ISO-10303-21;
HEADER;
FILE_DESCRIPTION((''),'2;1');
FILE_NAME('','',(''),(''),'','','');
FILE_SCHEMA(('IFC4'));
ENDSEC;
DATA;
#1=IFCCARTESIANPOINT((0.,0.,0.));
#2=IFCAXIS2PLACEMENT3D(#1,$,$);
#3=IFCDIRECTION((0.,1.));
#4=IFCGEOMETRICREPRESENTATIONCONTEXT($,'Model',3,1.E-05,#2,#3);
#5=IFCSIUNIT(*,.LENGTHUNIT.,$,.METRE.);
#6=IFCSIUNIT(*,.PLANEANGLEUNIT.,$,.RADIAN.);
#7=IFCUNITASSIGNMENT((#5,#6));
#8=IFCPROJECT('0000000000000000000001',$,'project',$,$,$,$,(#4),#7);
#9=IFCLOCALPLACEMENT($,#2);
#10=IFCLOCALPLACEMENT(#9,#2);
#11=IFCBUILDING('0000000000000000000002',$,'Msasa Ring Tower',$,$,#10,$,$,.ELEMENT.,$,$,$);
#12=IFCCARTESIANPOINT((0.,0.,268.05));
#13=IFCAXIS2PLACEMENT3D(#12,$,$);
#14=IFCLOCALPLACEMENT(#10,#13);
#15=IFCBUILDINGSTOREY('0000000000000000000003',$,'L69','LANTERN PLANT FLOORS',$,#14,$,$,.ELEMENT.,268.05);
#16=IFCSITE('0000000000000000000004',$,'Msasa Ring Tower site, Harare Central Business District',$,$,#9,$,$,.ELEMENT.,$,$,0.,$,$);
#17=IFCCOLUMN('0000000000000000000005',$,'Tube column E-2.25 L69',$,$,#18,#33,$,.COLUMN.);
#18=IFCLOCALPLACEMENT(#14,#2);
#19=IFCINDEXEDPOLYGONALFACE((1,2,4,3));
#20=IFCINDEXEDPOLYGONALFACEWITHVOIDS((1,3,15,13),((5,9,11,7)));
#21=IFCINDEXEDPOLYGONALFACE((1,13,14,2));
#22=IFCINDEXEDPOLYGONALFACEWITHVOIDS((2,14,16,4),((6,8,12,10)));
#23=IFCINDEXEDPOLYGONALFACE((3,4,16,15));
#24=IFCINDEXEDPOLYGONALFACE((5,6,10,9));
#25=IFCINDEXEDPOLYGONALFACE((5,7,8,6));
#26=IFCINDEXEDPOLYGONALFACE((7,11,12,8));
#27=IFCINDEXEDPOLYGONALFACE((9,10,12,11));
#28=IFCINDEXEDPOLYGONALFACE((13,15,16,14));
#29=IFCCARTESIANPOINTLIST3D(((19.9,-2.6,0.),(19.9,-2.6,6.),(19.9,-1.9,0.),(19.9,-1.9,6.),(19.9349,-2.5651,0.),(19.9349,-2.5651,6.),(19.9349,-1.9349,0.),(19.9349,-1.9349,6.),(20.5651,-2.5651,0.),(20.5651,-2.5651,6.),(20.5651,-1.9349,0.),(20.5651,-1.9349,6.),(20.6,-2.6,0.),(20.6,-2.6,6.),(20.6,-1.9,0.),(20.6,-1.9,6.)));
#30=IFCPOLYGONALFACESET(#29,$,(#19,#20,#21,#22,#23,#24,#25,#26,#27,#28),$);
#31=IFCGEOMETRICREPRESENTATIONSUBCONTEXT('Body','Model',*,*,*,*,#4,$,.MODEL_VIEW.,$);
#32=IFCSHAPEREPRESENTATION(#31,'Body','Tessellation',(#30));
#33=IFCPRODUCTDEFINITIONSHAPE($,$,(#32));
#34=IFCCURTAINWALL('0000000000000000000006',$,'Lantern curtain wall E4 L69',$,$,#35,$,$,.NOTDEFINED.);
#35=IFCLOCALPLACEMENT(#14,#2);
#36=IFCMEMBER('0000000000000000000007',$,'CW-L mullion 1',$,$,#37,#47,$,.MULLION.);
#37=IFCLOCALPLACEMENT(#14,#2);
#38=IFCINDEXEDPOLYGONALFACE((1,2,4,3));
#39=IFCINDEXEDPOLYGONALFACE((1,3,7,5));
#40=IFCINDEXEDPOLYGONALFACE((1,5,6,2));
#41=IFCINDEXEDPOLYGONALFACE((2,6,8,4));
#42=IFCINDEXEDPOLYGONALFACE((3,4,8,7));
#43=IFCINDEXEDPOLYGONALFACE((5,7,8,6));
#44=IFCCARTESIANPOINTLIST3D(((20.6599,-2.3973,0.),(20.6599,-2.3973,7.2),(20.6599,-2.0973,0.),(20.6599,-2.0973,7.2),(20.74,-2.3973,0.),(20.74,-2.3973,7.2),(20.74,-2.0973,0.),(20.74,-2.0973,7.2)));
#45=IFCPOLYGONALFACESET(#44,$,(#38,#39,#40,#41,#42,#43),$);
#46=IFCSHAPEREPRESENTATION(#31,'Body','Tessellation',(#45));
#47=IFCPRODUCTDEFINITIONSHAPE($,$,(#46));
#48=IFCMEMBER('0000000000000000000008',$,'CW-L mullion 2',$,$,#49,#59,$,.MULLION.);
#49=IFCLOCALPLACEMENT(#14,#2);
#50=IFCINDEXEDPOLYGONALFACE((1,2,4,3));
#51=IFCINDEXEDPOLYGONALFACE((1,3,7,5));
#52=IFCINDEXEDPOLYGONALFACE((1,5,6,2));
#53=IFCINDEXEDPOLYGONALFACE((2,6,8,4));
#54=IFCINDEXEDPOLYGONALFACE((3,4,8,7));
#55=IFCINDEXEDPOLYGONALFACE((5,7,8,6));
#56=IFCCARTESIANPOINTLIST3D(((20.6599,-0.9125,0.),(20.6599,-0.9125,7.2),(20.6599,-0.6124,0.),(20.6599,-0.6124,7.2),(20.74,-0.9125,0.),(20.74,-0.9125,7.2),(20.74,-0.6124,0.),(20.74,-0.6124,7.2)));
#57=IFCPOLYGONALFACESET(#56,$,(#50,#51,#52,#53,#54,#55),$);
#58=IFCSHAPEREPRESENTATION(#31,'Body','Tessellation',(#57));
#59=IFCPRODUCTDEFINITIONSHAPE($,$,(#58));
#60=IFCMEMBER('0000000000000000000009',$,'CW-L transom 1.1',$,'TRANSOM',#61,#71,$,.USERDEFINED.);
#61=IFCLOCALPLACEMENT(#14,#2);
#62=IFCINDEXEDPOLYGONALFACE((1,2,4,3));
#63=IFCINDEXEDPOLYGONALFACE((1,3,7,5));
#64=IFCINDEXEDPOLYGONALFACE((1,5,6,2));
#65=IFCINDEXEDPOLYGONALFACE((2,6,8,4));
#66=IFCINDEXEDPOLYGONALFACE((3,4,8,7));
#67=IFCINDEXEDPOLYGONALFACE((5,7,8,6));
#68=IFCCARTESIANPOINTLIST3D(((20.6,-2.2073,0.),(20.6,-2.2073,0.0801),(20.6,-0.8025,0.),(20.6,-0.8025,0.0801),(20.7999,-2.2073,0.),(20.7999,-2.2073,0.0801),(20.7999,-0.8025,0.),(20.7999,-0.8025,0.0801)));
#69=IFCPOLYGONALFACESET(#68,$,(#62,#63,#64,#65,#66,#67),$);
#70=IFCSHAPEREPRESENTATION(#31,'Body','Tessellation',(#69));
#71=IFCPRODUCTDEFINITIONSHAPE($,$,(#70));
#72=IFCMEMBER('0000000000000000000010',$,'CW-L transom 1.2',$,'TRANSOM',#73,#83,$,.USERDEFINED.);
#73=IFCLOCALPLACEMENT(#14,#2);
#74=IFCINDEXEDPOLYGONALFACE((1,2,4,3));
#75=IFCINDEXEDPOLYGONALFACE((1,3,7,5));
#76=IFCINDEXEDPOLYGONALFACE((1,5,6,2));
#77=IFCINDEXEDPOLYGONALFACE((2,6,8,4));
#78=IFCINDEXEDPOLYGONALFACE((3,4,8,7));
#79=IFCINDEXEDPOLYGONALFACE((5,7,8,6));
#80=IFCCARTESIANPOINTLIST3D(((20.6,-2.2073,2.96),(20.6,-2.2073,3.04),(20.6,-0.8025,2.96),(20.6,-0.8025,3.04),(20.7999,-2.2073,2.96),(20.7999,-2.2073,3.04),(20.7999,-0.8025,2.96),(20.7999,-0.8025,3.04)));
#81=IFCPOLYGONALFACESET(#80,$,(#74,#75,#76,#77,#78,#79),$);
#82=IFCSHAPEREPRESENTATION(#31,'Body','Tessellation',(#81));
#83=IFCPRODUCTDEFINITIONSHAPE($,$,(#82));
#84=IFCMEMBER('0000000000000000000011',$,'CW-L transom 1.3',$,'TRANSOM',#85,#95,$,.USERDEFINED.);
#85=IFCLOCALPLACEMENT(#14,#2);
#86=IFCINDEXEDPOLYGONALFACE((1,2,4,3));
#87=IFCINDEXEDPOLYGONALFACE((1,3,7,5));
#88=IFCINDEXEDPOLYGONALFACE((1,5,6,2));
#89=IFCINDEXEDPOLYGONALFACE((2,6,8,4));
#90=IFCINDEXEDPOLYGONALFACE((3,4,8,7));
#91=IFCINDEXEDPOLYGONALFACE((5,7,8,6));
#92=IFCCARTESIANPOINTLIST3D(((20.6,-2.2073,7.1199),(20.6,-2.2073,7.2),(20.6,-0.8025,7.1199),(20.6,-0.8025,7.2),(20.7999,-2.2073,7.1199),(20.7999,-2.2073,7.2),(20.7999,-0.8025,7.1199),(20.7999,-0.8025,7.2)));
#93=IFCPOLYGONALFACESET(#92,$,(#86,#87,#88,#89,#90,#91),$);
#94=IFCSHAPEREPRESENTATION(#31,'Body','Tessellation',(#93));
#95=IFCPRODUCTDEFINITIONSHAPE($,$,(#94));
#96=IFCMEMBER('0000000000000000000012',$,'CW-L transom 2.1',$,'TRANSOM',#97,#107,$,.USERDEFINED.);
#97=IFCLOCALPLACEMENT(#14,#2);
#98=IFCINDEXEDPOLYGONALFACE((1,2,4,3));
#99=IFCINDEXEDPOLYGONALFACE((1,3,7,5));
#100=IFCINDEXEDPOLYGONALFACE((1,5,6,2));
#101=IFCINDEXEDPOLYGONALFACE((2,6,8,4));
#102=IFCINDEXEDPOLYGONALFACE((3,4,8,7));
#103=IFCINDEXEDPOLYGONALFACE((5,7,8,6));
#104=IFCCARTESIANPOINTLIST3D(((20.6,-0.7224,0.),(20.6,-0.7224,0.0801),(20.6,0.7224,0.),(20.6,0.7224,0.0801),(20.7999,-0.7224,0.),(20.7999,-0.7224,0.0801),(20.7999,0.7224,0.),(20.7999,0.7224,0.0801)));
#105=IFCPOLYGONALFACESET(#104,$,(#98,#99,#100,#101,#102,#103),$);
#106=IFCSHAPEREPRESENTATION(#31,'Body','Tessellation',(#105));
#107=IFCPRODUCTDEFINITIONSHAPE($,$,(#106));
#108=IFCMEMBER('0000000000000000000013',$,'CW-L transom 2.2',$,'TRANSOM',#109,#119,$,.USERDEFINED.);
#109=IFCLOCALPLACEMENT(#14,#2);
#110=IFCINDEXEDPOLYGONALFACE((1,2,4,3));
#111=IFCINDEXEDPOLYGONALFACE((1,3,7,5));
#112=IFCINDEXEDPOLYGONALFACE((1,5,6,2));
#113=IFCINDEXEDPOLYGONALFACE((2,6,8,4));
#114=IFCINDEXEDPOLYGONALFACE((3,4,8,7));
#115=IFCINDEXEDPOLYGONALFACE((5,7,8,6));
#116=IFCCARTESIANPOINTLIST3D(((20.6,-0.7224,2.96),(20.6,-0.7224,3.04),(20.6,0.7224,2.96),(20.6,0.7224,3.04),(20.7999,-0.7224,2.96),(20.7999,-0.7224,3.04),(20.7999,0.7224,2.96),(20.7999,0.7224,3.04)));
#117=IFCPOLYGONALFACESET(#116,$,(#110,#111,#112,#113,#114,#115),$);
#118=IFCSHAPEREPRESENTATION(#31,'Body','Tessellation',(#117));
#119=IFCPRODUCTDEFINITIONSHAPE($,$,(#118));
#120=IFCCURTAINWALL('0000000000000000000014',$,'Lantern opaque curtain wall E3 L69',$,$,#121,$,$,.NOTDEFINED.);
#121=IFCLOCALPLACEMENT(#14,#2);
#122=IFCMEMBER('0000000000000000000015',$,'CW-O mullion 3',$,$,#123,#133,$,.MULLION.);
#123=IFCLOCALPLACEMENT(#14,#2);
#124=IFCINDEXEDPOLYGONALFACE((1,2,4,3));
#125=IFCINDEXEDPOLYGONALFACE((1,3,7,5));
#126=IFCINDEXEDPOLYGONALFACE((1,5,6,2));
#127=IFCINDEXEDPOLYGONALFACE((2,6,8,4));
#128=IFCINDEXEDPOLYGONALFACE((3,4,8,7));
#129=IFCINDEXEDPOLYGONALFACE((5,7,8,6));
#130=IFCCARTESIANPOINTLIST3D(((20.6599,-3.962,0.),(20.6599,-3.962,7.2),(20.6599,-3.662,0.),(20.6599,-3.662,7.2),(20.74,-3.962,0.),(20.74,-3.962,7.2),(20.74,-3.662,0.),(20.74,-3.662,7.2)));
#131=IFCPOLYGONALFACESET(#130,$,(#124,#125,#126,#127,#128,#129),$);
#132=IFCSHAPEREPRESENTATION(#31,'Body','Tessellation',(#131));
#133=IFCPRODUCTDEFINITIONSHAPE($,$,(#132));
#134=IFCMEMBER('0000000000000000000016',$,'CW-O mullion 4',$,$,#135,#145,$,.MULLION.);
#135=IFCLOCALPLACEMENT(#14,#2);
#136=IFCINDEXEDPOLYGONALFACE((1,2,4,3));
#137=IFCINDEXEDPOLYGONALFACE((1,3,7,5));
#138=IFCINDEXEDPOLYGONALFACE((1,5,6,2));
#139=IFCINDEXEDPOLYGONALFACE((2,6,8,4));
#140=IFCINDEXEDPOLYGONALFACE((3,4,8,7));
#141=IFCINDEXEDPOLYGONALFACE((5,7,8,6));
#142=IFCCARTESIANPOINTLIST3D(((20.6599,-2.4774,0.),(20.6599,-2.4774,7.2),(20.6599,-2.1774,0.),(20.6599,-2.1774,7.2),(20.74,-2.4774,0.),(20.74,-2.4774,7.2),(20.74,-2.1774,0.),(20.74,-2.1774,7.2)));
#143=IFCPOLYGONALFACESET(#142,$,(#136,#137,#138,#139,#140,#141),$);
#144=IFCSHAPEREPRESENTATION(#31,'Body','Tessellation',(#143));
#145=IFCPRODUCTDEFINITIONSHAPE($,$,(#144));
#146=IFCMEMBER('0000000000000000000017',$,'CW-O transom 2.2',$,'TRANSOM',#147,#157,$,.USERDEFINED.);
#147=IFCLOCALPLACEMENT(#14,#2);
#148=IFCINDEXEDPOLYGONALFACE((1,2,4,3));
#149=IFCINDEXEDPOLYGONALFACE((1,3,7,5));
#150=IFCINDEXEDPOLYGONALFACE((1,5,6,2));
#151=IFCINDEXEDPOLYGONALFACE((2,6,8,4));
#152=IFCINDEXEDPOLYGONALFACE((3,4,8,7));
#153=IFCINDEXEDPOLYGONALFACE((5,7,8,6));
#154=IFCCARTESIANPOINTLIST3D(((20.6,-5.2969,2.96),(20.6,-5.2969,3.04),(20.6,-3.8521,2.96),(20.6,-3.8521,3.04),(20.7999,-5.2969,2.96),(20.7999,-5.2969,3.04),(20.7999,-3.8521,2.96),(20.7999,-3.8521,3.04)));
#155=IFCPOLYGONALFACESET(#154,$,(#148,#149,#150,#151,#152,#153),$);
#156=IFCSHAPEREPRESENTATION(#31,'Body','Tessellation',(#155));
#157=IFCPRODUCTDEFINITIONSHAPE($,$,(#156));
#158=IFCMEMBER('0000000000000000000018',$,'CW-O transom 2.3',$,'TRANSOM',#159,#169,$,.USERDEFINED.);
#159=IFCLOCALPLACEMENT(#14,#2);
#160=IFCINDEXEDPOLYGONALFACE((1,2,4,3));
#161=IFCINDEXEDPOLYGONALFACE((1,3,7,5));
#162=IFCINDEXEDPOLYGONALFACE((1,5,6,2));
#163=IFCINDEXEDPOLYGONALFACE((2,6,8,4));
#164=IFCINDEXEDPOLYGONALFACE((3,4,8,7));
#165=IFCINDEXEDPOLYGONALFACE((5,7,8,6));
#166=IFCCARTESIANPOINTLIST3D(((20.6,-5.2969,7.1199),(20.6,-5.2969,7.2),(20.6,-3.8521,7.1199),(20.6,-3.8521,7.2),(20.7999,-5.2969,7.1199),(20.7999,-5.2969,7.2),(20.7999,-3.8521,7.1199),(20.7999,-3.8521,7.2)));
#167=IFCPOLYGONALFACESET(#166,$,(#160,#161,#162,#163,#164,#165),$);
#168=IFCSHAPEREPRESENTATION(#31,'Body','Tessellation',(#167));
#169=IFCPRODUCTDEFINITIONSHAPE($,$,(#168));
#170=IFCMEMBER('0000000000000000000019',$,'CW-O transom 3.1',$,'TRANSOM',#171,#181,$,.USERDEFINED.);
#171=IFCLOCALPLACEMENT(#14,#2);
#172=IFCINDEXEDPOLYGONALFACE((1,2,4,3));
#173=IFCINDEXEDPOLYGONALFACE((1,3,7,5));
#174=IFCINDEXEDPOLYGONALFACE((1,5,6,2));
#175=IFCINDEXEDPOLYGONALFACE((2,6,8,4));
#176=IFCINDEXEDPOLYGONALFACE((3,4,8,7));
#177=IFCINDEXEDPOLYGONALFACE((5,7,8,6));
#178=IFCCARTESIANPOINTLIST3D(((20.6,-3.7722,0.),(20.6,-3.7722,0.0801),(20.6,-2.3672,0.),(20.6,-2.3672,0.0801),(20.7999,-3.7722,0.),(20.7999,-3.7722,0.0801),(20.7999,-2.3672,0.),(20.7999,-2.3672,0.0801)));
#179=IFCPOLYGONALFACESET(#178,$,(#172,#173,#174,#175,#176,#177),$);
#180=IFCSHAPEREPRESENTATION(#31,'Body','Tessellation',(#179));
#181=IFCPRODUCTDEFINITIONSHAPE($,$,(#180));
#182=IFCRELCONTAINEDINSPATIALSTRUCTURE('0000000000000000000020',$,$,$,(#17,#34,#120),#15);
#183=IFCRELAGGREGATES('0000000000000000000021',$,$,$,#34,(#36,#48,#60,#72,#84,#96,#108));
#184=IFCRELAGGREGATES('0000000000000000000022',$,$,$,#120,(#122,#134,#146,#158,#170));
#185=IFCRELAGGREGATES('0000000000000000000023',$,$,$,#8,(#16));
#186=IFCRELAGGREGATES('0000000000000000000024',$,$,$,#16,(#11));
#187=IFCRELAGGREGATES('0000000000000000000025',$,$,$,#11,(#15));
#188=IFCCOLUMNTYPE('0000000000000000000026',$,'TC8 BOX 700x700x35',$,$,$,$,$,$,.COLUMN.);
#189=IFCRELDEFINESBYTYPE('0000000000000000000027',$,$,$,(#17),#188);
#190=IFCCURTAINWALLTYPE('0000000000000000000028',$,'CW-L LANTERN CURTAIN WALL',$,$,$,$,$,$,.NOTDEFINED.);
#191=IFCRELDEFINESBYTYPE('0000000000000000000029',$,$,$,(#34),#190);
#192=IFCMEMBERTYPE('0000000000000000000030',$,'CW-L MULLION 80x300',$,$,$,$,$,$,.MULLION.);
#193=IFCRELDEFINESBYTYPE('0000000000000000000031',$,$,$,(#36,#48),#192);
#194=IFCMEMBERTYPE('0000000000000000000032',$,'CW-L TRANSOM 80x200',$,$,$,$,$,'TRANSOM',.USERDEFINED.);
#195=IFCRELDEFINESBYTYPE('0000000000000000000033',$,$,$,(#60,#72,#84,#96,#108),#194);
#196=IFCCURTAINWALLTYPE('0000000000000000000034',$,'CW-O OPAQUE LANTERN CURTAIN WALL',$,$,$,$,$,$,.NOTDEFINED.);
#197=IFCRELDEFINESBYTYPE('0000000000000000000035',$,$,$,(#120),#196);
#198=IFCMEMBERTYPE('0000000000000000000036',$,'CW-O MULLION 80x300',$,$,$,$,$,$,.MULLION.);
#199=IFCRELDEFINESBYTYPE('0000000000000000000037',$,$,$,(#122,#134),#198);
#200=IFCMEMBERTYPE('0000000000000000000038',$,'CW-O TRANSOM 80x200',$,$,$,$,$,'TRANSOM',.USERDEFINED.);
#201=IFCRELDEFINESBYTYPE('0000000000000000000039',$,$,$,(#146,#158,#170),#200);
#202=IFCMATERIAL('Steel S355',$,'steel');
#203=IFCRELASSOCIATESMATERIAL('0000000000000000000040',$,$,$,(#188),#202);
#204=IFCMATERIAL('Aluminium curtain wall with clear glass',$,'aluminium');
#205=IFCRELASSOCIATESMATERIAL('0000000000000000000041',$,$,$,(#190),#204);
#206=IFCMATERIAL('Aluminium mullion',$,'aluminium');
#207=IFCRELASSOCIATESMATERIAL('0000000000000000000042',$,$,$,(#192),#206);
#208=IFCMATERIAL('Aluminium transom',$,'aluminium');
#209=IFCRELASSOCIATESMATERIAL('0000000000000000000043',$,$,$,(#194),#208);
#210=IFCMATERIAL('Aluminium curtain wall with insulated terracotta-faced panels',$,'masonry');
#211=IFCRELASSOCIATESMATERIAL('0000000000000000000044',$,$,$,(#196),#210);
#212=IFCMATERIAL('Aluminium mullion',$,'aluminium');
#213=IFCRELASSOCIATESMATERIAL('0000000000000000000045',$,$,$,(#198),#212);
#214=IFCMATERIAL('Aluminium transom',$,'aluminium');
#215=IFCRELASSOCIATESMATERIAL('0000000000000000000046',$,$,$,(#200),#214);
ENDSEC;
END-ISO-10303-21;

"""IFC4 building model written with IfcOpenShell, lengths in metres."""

from ifc_helpers import new_model, si_unit, direction, frame, origin, origin_2d, place, context, subcontext, project, spatial, rectangle, hollow_rectangle, extrude, material, material_profile, profile_set, type_object, element, aggregate, save


model = new_model("IFC4")

# Units and contexts
model_context = context("Model", 3, precision=1e-05, world=origin(), true_north=direction((0.0, 1.0)))
body_context = subcontext(model_context, "Body", "Model", "MODEL_VIEW")
ifc_project = project(units=[si_unit("LENGTHUNIT", "METRE"), si_unit("PLANEANGLEUNIT", "RADIAN")], contexts=[model_context])

# Site, building, storey
site_placement = place(None, origin())
site = spatial("IfcSite", under=ifc_project, at=site_placement, Name="Msasa Ring Tower site, Harare Central Business District", CompositionType="ELEMENT", RefElevation=0.0)
building_placement = place(site_placement, origin())
building = spatial("IfcBuilding", under=site, at=building_placement, Name="Msasa Ring Tower", CompositionType="ELEMENT")
storey_placement = place(building_placement, frame((0.0, 0.0, 268.05)))
storey = spatial("IfcBuildingStorey", under=building, at=storey_placement, Name="L69", Description="LANTERN PLANT FLOORS", CompositionType="ELEMENT", Elevation=268.05)

# Column
ifc_material_1 = material(Name="Steel S355", Category="steel")
ifc_material_profile_1 = material_profile(ifc_material_1, hollow_rectangle(XDim=0.7, YDim=0.7, WallThickness=0.0349, at=origin_2d()), Name="BOX 700x700x35")
ifc_profile_set_1 = profile_set([ifc_material_profile_1], Name="Steel S355")
column_type = type_object("IfcColumnType", Name="TC8 BOX 700x700x35", PredefinedType="COLUMN", material=ifc_profile_set_1)
column_placement = place(storey_placement, frame((20.25, -2.25, 0.0), z_axis=(0.0, 0.0, 1.0), x_axis=(1.0, 0.0, 0.0)))
element("IfcColumn", 1, at=column_placement, inside=storey, type_object=column_type, Name="Tube column E-2.25 L69", PredefinedType="COLUMN", context=body_context, shape_type="SweptSolid", body=[
    extrude(hollow_rectangle(XDim=0.7, YDim=0.7, WallThickness=0.0349, at=origin_2d()), origin(), (0.0, 0.0, 1.0), 6.0),
])

# Curtain walls, members
ifc_material_2 = material(Name="Aluminium curtain wall with clear glass", Category="aluminium")
curtain_wall_type_1 = type_object("IfcCurtainWallType", Name="CW-L LANTERN CURTAIN WALL", PredefinedType="NOTDEFINED", material=ifc_material_2)
curtain_wall_1_placement = place(storey_placement, origin())
curtain_wall_1 = element("IfcCurtainWall", 2, at=curtain_wall_1_placement, inside=storey, type_object=curtain_wall_type_1, Name="Lantern curtain wall E4 L69", PredefinedType="NOTDEFINED")
ifc_material_3 = material(Name="Aluminium mullion", Category="aluminium")
ifc_material_profile_2 = material_profile(ifc_material_3, rectangle(XDim=0.0801, YDim=0.3, at=origin_2d()), Name="AL 80x300")
ifc_profile_set_2 = profile_set([ifc_material_profile_2], Name="Aluminium mullion")
member_type_1 = type_object("IfcMemberType", Name="CW-L MULLION 80x300", PredefinedType="MULLION", material=ifc_profile_set_2)
member_1_placement = place(storey_placement, frame((20.7, -2.2473, 0.0), z_axis=(0.0, 0.0, 1.0), x_axis=(-1.0, 0.0, 0.0)))
member_1 = element("IfcMember", 3, at=member_1_placement, type_object=member_type_1, Name="CW-L mullion 1", PredefinedType="MULLION", context=body_context, shape_type="SweptSolid", body=[
    extrude(rectangle(XDim=0.0801, YDim=0.3, at=origin_2d()), origin(), (0.0, 0.0, 1.0), 7.2),
])
member_2_placement = place(storey_placement, frame((20.7, -0.7625, 0.0), z_axis=(0.0, 0.0, 1.0), x_axis=(-1.0, 0.0, 0.0)))
member_2 = element("IfcMember", 4, at=member_2_placement, type_object=member_type_1, Name="CW-L mullion 2", PredefinedType="MULLION", context=body_context, shape_type="SweptSolid", body=[
    extrude(rectangle(XDim=0.0801, YDim=0.3, at=origin_2d()), origin(), (0.0, 0.0, 1.0), 7.2),
])
ifc_material_4 = material(Name="Aluminium transom", Category="aluminium")
ifc_material_profile_3 = material_profile(ifc_material_4, rectangle(XDim=0.2, YDim=0.0801, at=origin_2d()), Name="AL 80x200")
ifc_profile_set_3 = profile_set([ifc_material_profile_3], Name="Aluminium transom")
member_type_2 = type_object("IfcMemberType", Name="CW-L TRANSOM 80x200", ElementType="TRANSOM", PredefinedType="USERDEFINED", material=ifc_profile_set_3)
member_3_placement = place(storey_placement, frame((20.7, -2.2073, 0.04), z_axis=(0.0, 1.0, 0.0), x_axis=(-1.0, 0.0, 0.0)))
member_3 = element("IfcMember", 5, at=member_3_placement, type_object=member_type_2, Name="CW-L transom 1.1", ObjectType="TRANSOM", PredefinedType="USERDEFINED", context=body_context, shape_type="SweptSolid", body=[
    extrude(rectangle(XDim=0.2, YDim=0.0801, at=origin_2d()), origin(), (0.0, 0.0, 1.0), 1.4048),
])
member_4_placement = place(storey_placement, frame((20.7, -2.2073, 3.0), z_axis=(0.0, 1.0, 0.0), x_axis=(-1.0, 0.0, 0.0)))
member_4 = element("IfcMember", 6, at=member_4_placement, type_object=member_type_2, Name="CW-L transom 1.2", ObjectType="TRANSOM", PredefinedType="USERDEFINED", context=body_context, shape_type="SweptSolid", body=[
    extrude(rectangle(XDim=0.2, YDim=0.0801, at=origin_2d()), origin(), (0.0, 0.0, 1.0), 1.4048),
])
member_5_placement = place(storey_placement, frame((20.7, -2.2073, 7.1599), z_axis=(0.0, 1.0, 0.0), x_axis=(-1.0, 0.0, 0.0)))
member_5 = element("IfcMember", 7, at=member_5_placement, type_object=member_type_2, Name="CW-L transom 1.3", ObjectType="TRANSOM", PredefinedType="USERDEFINED", context=body_context, shape_type="SweptSolid", body=[
    extrude(rectangle(XDim=0.2, YDim=0.0801, at=origin_2d()), origin(), (0.0, 0.0, 1.0), 1.4048),
])
member_6_placement = place(storey_placement, frame((20.7, -0.7224, 0.04), z_axis=(0.0, 1.0, 0.0), x_axis=(-1.0, 0.0, 0.0)))
member_6 = element("IfcMember", 8, at=member_6_placement, type_object=member_type_2, Name="CW-L transom 2.1", ObjectType="TRANSOM", PredefinedType="USERDEFINED", context=body_context, shape_type="SweptSolid", body=[
    extrude(rectangle(XDim=0.2, YDim=0.0801, at=origin_2d()), origin(), (0.0, 0.0, 1.0), 1.4448),
])
member_7_placement = place(storey_placement, frame((20.7, -0.7224, 3.0), z_axis=(0.0, 1.0, 0.0), x_axis=(-1.0, 0.0, 0.0)))
member_7 = element("IfcMember", 9, at=member_7_placement, type_object=member_type_2, Name="CW-L transom 2.2", ObjectType="TRANSOM", PredefinedType="USERDEFINED", context=body_context, shape_type="SweptSolid", body=[
    extrude(rectangle(XDim=0.2, YDim=0.0801, at=origin_2d()), origin(), (0.0, 0.0, 1.0), 1.4448),
])
ifc_material_5 = material(Name="Aluminium curtain wall with insulated terracotta-faced panels", Category="masonry")
curtain_wall_type_2 = type_object("IfcCurtainWallType", Name="CW-O OPAQUE LANTERN CURTAIN WALL", PredefinedType="NOTDEFINED", material=ifc_material_5)
curtain_wall_2_placement = place(storey_placement, origin())
curtain_wall_2 = element("IfcCurtainWall", 10, at=curtain_wall_2_placement, inside=storey, type_object=curtain_wall_type_2, Name="Lantern opaque curtain wall E3 L69", PredefinedType="NOTDEFINED")
ifc_material_6 = material(Name="Aluminium mullion", Category="aluminium")
ifc_material_profile_4 = material_profile(ifc_material_6, rectangle(XDim=0.0801, YDim=0.3, at=origin_2d()), Name="AL 80x300")
ifc_profile_set_4 = profile_set([ifc_material_profile_4], Name="Aluminium mullion")
member_type_3 = type_object("IfcMemberType", Name="CW-O MULLION 80x300", PredefinedType="MULLION", material=ifc_profile_set_4)
member_8_placement = place(storey_placement, frame((20.7, -3.812, 0.0), z_axis=(0.0, 0.0, 1.0), x_axis=(-1.0, 0.0, 0.0)))
member_8 = element("IfcMember", 11, at=member_8_placement, type_object=member_type_3, Name="CW-O mullion 3", PredefinedType="MULLION", context=body_context, shape_type="SweptSolid", body=[
    extrude(rectangle(XDim=0.0801, YDim=0.3, at=origin_2d()), origin(), (0.0, 0.0, 1.0), 7.2),
])
member_9_placement = place(storey_placement, frame((20.7, -2.3274, 0.0), z_axis=(0.0, 0.0, 1.0), x_axis=(-1.0, 0.0, 0.0)))
member_9 = element("IfcMember", 12, at=member_9_placement, type_object=member_type_3, Name="CW-O mullion 4", PredefinedType="MULLION", context=body_context, shape_type="SweptSolid", body=[
    extrude(rectangle(XDim=0.0801, YDim=0.3, at=origin_2d()), origin(), (0.0, 0.0, 1.0), 7.2),
])
ifc_material_7 = material(Name="Aluminium transom", Category="aluminium")
ifc_material_profile_5 = material_profile(ifc_material_7, rectangle(XDim=0.2, YDim=0.0801, at=origin_2d()), Name="AL 80x200")
ifc_profile_set_5 = profile_set([ifc_material_profile_5], Name="Aluminium transom")
member_type_4 = type_object("IfcMemberType", Name="CW-O TRANSOM 80x200", ElementType="TRANSOM", PredefinedType="USERDEFINED", material=ifc_profile_set_5)
member_10_placement = place(storey_placement, frame((20.7, -5.2969, 3.0), z_axis=(0.0, 1.0, 0.0), x_axis=(-1.0, 0.0, 0.0)))
member_10 = element("IfcMember", 13, at=member_10_placement, type_object=member_type_4, Name="CW-O transom 2.2", ObjectType="TRANSOM", PredefinedType="USERDEFINED", context=body_context, shape_type="SweptSolid", body=[
    extrude(rectangle(XDim=0.2, YDim=0.0801, at=origin_2d()), origin(), (0.0, 0.0, 1.0), 1.4448),
])
member_11_placement = place(storey_placement, frame((20.7, -5.2969, 7.1599), z_axis=(0.0, 1.0, 0.0), x_axis=(-1.0, 0.0, 0.0)))
member_11 = element("IfcMember", 14, at=member_11_placement, type_object=member_type_4, Name="CW-O transom 2.3", ObjectType="TRANSOM", PredefinedType="USERDEFINED", context=body_context, shape_type="SweptSolid", body=[
    extrude(rectangle(XDim=0.2, YDim=0.0801, at=origin_2d()), origin(), (0.0, 0.0, 1.0), 1.4448),
])
member_12_placement = place(storey_placement, frame((20.7, -3.7722, 0.04), z_axis=(0.0, 1.0, 0.0), x_axis=(-1.0, 0.0, 0.0)))
member_12 = element("IfcMember", 15, at=member_12_placement, type_object=member_type_4, Name="CW-O transom 3.1", ObjectType="TRANSOM", PredefinedType="USERDEFINED", context=body_context, shape_type="SweptSolid", body=[
    extrude(rectangle(XDim=0.2, YDim=0.0801, at=origin_2d()), origin(), (0.0, 0.0, 1.0), 1.405),
])

aggregate(curtain_wall_1, [member_1, member_2, member_3, member_4, member_5, member_6, member_7])
aggregate(curtain_wall_2, [member_8, member_9, member_10, member_11, member_12])

save(model, "model.ifc")
